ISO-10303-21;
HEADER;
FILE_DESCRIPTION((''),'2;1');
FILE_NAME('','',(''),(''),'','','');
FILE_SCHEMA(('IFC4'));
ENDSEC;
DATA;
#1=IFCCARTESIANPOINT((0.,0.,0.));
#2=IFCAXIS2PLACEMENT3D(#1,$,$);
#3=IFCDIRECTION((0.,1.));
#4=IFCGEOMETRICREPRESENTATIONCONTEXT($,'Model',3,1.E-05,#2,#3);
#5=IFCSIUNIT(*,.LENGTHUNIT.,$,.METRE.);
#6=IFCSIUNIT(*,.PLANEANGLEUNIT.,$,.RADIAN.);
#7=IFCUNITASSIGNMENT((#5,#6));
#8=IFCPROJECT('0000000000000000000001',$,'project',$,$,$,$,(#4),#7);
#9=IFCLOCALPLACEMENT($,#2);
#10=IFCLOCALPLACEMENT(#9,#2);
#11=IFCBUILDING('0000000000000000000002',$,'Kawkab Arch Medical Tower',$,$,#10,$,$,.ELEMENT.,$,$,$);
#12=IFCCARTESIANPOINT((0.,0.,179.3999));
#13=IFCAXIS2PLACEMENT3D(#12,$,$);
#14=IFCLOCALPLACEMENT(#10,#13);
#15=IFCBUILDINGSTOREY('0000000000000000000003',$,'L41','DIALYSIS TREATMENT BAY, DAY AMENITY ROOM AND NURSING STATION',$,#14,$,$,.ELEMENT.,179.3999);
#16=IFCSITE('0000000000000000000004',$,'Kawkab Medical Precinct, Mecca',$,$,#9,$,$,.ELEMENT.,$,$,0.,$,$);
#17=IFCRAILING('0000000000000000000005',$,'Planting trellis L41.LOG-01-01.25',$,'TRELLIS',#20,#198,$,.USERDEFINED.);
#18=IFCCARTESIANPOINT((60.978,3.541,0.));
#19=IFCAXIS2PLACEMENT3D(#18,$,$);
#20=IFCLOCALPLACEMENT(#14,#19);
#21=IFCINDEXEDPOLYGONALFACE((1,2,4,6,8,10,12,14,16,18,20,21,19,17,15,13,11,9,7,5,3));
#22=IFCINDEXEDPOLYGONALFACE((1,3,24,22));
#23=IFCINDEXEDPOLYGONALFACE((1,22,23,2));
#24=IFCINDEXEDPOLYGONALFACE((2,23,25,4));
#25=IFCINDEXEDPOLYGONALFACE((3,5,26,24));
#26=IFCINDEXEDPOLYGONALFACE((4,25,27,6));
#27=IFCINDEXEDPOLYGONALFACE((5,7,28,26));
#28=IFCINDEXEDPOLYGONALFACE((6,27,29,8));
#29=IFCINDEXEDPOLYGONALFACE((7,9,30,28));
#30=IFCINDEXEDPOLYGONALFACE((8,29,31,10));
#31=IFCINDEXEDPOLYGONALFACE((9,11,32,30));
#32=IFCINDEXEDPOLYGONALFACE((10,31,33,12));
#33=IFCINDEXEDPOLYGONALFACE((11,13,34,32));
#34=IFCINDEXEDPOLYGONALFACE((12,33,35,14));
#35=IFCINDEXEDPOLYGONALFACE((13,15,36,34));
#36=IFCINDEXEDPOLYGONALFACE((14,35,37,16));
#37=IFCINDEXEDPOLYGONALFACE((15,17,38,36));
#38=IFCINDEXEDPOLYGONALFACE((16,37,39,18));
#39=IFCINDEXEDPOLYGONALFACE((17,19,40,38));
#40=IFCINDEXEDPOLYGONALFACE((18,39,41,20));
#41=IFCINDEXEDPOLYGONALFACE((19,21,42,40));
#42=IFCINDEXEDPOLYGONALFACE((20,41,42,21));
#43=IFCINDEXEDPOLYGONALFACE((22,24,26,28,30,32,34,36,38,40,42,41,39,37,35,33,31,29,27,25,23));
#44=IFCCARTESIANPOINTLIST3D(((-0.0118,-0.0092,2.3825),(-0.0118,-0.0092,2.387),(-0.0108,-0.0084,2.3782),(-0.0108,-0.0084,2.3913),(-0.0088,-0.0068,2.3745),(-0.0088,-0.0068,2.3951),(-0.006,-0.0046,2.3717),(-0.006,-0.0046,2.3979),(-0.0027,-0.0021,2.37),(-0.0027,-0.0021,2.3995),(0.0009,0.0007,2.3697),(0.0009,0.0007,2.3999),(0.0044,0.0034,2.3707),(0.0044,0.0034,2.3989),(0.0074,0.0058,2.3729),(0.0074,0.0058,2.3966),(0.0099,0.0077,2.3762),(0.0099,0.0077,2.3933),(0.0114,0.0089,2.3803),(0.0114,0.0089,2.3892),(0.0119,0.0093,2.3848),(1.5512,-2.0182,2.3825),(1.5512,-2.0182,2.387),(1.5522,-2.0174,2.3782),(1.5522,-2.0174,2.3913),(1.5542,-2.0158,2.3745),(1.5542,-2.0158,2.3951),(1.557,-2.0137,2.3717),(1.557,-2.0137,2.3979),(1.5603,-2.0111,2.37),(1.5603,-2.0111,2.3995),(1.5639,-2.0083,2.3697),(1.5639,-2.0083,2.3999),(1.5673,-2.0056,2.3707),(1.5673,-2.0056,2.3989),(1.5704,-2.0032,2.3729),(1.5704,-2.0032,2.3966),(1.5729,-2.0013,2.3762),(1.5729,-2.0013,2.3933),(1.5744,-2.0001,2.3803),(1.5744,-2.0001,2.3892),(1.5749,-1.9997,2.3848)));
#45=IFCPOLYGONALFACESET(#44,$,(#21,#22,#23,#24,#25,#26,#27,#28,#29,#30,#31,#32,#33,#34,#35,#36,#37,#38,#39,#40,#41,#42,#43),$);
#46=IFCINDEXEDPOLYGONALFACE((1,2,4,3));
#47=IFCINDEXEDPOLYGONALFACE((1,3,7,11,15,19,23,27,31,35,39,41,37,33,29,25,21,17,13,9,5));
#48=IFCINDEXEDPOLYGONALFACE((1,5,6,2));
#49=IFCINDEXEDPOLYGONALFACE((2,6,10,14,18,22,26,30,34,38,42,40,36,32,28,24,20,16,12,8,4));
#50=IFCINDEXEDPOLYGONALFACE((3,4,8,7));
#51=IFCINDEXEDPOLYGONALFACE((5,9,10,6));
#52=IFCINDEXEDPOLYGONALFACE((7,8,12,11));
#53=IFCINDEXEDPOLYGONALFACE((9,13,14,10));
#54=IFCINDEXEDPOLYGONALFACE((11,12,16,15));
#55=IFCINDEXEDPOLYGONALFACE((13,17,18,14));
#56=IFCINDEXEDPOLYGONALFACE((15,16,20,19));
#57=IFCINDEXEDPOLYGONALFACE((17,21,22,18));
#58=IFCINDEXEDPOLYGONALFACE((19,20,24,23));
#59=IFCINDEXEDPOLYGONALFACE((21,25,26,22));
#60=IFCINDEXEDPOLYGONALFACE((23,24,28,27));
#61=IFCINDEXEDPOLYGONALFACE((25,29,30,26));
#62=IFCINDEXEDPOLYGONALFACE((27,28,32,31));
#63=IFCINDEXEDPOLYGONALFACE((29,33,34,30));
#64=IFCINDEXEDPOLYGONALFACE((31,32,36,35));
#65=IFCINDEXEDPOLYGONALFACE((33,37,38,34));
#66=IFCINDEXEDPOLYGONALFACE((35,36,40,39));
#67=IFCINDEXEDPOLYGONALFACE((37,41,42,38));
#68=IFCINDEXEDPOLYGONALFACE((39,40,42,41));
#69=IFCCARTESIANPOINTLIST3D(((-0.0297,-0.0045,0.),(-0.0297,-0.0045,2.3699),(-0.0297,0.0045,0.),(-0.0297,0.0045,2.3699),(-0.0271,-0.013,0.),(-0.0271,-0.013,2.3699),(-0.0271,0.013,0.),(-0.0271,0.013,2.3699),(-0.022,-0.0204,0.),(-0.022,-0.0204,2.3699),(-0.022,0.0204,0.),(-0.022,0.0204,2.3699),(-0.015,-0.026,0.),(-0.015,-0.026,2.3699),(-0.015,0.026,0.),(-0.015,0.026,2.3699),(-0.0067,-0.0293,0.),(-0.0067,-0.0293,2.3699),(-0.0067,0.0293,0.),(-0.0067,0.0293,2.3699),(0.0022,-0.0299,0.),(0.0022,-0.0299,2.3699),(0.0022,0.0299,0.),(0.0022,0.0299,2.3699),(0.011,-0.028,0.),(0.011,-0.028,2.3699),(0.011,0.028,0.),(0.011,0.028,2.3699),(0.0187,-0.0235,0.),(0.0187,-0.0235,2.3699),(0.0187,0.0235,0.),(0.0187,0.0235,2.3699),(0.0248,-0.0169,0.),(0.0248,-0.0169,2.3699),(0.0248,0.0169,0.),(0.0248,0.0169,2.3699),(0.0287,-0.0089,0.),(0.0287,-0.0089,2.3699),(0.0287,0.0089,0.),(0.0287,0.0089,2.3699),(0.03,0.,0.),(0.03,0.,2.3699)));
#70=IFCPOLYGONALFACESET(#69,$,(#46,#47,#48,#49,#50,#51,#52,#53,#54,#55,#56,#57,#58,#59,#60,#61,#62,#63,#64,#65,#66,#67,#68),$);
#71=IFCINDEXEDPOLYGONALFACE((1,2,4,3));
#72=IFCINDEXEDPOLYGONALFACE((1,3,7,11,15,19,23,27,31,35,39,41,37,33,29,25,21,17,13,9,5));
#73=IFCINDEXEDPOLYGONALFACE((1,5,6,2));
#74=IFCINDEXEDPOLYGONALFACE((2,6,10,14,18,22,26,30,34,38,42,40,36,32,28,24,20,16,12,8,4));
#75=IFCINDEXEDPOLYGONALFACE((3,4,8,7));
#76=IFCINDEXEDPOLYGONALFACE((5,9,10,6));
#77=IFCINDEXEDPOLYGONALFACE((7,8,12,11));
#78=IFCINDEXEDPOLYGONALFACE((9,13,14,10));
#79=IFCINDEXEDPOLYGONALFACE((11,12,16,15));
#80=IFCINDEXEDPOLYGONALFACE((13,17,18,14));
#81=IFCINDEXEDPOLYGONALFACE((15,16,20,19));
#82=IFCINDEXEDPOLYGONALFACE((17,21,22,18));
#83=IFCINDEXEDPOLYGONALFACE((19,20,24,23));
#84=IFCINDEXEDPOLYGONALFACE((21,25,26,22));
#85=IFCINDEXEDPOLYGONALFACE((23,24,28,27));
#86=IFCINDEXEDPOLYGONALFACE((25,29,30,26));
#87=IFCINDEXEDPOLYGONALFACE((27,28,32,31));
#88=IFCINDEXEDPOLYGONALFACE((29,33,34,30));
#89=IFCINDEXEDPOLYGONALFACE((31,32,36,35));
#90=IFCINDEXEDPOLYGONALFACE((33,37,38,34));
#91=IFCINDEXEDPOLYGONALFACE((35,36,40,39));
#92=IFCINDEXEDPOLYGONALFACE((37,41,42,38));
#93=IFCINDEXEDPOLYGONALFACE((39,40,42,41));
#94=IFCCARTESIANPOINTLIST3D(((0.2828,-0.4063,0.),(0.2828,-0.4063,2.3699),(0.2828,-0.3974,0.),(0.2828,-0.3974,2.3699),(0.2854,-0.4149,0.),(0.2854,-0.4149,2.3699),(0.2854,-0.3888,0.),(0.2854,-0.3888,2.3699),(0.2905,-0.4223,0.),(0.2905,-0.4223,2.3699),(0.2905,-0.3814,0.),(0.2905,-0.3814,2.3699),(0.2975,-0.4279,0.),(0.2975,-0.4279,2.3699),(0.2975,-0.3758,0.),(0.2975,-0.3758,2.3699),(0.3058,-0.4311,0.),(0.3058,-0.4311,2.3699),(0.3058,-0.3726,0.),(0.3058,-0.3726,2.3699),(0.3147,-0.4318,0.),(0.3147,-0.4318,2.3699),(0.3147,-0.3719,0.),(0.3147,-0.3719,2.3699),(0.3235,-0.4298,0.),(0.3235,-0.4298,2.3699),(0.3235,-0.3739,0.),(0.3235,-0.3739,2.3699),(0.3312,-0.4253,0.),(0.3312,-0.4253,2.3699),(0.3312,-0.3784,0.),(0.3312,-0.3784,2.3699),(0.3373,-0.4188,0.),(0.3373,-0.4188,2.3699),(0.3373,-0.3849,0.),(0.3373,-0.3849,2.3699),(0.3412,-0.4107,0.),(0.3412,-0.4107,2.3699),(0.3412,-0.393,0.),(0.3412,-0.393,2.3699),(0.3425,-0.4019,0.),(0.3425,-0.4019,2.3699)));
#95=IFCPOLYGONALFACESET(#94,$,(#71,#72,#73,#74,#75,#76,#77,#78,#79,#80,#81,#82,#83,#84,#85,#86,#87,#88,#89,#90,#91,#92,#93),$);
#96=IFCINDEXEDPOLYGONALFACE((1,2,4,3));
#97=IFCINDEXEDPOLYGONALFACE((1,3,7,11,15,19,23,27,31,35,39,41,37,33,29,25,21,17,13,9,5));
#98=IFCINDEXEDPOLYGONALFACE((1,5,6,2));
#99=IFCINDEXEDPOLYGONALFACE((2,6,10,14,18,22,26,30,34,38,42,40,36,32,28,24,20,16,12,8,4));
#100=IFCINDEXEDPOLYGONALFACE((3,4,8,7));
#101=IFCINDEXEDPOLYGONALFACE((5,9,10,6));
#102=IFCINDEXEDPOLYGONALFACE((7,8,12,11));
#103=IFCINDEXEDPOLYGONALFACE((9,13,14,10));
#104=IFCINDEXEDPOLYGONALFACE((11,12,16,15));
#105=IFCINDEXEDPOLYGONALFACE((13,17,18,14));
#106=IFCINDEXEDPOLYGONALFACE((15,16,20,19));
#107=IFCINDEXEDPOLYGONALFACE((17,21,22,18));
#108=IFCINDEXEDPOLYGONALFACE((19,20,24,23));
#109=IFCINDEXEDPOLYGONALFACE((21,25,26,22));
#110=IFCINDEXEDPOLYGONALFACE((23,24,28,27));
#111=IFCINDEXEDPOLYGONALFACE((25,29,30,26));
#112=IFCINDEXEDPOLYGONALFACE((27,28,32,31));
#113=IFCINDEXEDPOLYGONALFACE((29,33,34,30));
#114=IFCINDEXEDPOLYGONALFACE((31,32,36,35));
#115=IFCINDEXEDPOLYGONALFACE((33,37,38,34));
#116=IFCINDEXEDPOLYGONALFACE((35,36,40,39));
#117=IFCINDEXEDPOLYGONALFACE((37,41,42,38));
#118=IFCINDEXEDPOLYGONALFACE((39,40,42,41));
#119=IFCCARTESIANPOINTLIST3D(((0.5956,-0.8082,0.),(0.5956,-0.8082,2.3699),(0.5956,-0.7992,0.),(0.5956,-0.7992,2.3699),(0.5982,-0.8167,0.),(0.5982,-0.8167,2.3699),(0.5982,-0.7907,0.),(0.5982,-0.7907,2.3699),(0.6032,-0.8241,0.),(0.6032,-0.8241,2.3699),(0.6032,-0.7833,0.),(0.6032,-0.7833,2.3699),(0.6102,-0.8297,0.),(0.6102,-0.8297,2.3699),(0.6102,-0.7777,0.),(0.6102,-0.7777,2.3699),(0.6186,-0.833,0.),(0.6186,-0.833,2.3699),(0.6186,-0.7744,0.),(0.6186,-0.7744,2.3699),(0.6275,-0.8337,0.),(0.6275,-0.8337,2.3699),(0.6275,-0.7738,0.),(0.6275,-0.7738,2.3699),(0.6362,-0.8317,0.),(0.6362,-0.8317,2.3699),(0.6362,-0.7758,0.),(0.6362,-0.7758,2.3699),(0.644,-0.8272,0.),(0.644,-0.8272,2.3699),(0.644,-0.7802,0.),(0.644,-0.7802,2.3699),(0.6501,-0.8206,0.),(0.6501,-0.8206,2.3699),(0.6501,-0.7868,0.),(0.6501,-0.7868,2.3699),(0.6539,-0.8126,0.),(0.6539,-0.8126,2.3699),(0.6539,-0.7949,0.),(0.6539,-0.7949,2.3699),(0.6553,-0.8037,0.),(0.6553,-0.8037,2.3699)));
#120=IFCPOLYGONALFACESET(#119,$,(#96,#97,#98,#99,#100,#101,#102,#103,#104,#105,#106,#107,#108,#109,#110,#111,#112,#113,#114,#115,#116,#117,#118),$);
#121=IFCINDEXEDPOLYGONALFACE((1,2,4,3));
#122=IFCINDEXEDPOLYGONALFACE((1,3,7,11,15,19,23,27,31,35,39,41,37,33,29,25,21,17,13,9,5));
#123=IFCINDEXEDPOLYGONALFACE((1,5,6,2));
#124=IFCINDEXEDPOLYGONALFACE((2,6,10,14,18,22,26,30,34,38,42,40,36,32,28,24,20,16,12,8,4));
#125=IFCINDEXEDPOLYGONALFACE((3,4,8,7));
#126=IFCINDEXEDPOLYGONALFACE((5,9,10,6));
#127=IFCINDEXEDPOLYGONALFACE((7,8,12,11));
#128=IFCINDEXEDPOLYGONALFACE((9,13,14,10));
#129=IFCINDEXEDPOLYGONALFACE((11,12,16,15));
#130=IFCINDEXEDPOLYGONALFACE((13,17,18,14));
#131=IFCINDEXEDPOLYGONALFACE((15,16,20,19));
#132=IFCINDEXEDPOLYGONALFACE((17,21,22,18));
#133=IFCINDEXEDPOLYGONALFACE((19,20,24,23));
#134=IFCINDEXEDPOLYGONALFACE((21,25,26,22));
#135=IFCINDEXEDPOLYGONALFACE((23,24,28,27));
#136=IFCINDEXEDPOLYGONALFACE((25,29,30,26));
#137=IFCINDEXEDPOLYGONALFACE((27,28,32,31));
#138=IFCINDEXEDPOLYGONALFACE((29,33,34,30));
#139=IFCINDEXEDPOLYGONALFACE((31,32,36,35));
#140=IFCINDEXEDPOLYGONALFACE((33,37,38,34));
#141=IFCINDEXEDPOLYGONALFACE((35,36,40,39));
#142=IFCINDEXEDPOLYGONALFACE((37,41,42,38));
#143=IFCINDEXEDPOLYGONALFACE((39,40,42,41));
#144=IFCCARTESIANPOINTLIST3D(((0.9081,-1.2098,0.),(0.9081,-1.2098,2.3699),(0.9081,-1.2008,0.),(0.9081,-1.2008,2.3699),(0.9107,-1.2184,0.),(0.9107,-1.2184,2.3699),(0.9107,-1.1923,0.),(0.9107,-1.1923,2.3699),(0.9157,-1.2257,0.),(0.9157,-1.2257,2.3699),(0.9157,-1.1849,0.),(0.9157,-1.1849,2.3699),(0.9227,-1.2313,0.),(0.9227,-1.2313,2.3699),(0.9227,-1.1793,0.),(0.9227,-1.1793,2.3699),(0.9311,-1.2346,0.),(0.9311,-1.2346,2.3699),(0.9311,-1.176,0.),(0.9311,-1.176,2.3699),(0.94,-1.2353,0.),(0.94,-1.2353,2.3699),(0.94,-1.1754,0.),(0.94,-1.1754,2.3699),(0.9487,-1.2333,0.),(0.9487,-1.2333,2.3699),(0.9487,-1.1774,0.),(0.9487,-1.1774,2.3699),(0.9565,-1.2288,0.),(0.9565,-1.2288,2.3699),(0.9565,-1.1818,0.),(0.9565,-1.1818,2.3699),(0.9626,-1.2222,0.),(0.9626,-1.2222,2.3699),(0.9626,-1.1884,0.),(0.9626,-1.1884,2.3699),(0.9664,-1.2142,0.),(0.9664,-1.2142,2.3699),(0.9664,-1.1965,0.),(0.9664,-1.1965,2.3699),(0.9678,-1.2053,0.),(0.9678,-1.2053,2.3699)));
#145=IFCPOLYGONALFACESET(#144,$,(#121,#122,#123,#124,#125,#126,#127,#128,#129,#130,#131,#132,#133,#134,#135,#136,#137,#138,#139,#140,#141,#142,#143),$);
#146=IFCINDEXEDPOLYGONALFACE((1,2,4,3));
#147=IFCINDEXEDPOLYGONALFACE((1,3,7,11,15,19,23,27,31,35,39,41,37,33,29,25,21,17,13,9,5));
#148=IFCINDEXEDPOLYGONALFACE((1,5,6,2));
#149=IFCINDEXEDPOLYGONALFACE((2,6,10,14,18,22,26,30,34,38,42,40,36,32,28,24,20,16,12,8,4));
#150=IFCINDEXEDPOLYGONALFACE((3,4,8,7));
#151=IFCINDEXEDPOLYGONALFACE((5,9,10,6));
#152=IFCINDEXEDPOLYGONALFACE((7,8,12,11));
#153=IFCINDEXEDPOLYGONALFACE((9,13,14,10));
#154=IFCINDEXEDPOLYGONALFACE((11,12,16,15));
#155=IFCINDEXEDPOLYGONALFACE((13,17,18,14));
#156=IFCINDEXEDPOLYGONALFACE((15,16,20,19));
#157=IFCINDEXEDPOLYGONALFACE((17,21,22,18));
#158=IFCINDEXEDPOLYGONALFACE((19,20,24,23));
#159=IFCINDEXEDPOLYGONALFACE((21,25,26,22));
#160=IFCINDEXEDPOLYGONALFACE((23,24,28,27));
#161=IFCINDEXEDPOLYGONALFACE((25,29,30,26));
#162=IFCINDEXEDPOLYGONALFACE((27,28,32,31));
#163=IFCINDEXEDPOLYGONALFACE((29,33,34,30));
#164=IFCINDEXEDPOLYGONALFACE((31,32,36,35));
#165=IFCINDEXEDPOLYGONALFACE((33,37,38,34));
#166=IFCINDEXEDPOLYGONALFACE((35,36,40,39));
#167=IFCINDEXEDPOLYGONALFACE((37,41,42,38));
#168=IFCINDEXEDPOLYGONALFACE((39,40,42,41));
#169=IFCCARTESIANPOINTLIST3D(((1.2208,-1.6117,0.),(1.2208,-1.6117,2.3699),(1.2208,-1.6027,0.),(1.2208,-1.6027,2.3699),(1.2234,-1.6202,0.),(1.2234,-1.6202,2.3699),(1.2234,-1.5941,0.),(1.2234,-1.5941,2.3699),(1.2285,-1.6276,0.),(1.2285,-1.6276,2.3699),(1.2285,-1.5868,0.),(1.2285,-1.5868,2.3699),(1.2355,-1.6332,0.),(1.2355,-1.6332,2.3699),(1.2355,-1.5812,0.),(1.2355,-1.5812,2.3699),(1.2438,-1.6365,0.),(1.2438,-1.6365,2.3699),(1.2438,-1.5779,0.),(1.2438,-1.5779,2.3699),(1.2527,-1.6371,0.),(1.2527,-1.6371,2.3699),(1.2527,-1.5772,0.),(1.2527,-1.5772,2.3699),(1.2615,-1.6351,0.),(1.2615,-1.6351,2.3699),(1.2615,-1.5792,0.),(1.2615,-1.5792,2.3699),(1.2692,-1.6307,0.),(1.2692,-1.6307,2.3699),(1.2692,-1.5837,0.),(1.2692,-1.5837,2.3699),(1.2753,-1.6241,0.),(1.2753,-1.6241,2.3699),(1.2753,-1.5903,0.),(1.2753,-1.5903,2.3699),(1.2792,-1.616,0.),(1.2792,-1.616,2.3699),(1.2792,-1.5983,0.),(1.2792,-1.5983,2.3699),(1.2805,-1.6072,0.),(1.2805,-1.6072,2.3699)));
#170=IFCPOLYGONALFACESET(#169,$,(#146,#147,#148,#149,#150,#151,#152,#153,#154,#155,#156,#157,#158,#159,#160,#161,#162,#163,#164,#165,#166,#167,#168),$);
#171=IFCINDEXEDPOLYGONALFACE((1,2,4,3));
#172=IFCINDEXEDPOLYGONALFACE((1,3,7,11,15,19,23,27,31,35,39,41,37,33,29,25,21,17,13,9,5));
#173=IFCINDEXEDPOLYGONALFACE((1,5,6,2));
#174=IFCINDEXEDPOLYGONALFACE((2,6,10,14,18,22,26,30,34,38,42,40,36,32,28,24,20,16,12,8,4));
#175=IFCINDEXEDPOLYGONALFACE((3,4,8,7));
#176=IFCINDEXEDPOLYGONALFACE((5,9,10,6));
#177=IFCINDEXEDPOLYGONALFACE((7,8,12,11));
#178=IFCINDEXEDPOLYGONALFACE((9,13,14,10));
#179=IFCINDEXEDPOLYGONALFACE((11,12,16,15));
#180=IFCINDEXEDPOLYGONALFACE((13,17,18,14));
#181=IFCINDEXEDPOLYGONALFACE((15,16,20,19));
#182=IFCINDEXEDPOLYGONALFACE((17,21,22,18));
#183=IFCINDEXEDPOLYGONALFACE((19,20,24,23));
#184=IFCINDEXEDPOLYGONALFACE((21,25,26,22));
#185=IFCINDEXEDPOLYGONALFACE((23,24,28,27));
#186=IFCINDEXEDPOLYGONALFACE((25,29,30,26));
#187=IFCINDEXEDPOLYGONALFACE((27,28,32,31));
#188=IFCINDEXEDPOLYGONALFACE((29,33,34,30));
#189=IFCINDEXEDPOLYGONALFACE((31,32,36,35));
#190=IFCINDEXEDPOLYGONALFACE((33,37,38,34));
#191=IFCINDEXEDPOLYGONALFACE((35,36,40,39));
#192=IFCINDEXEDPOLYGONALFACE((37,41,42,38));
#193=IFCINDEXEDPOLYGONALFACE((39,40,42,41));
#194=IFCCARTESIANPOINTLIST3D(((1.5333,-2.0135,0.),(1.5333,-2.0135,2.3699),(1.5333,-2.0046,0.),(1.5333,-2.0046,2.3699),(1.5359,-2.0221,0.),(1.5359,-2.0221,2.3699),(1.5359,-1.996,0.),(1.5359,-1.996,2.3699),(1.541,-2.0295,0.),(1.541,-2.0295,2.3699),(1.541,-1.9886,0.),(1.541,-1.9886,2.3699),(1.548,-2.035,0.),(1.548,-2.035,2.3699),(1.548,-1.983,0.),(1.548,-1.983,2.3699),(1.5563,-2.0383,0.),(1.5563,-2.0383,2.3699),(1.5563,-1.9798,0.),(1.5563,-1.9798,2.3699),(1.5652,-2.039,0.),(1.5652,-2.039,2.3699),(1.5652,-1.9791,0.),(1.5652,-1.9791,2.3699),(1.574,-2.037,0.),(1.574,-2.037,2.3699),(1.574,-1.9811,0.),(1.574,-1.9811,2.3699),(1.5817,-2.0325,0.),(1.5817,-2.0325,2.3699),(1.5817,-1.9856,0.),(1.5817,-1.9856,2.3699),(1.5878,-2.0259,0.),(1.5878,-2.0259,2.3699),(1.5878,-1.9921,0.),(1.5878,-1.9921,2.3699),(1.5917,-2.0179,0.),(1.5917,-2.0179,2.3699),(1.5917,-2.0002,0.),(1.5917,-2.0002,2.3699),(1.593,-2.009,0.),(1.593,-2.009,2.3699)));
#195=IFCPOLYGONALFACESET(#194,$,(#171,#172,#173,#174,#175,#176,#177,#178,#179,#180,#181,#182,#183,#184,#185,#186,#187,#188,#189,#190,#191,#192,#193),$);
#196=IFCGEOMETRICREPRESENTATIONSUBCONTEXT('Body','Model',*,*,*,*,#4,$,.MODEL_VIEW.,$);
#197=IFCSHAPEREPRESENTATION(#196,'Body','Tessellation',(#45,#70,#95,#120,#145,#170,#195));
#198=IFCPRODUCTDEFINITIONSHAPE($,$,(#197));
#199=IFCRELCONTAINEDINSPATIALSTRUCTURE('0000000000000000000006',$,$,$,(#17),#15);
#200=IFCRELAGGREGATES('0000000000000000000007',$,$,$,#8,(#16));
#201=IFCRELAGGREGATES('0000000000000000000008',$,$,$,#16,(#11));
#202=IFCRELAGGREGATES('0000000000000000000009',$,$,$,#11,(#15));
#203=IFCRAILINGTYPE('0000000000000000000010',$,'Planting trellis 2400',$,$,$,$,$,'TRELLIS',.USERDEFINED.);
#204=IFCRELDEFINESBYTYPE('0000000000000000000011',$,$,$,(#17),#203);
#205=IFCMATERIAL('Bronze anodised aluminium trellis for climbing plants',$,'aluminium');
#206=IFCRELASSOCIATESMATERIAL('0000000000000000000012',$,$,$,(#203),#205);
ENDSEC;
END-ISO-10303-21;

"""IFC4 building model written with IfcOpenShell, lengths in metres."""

from ifc_helpers import new_model, si_unit, direction, frame, origin, origin_2d, place, context, subcontext, project, spatial, circle, extrude, material, type_object, element, save


model = new_model("IFC4")

# Units and contexts
model_context = context("Model", 3, precision=1e-05, world=origin(), true_north=direction((0.0, 1.0)))
body_context = subcontext(model_context, "Body", "Model", "MODEL_VIEW")
ifc_project = project(units=[si_unit("LENGTHUNIT", "METRE"), si_unit("PLANEANGLEUNIT", "RADIAN")], contexts=[model_context])

# Site, building, storey
site_placement = place(None, origin())
site = spatial("IfcSite", under=ifc_project, at=site_placement, Name="Kawkab Medical Precinct, Mecca", CompositionType="ELEMENT", RefElevation=0.0)
building_placement = place(site_placement, origin())
building = spatial("IfcBuilding", under=site, at=building_placement, Name="Kawkab Arch Medical Tower", CompositionType="ELEMENT")
storey_placement = place(building_placement, frame((0.0, 0.0, 179.3999)))
storey = spatial("IfcBuildingStorey", under=building, at=storey_placement, Name="L41", Description="DIALYSIS TREATMENT BAY, DAY AMENITY ROOM AND NURSING STATION", CompositionType="ELEMENT", Elevation=179.3999)

# Railing
ifc_material_1 = material(Name="Bronze anodised aluminium trellis for climbing plants", Category="aluminium")
railing_type = type_object("IfcRailingType", Name="Planting trellis 2400", ElementType="TRELLIS", PredefinedType="USERDEFINED", material=ifc_material_1)
railing_1_placement = place(storey_placement, frame((60.978, 3.541, 0.0)))
element("IfcRailing", 1, at=railing_1_placement, inside=storey, type_object=railing_type, Name="Planting trellis L41.LOG-01-01.25", ObjectType="TRELLIS", PredefinedType="USERDEFINED", context=body_context, shape_type="SweptSolid", body=[
    extrude(circle(Radius=0.0151, at=origin_2d()), frame((0.0, 0.0, 2.3848), z_axis=(0.61404, -0.789275, 0.0), x_axis=(0.789275, 0.61404, 0.0)), (0.0, 0.0, 1.0), 2.5454),
    extrude(circle(Radius=0.03, at=origin_2d()), origin(), (0.0, 0.0, 1.0), 2.3699),
    extrude(circle(Radius=0.03, at=origin_2d()), frame((0.3125, -0.4019, 0.0)), (0.0, 0.0, 1.0), 2.3699),
    extrude(circle(Radius=0.03, at=origin_2d()), frame((0.6252, -0.8037, 0.0)), (0.0, 0.0, 1.0), 2.3699),
    extrude(circle(Radius=0.03, at=origin_2d()), frame((0.9377, -1.2053, 0.0)), (0.0, 0.0, 1.0), 2.3699),
    extrude(circle(Radius=0.03, at=origin_2d()), frame((1.2505, -1.6072, 0.0)), (0.0, 0.0, 1.0), 2.3699),
    extrude(circle(Radius=0.03, at=origin_2d()), frame((1.563, -2.009, 0.0)), (0.0, 0.0, 1.0), 2.3699),
])

save(model, "model.ifc")
